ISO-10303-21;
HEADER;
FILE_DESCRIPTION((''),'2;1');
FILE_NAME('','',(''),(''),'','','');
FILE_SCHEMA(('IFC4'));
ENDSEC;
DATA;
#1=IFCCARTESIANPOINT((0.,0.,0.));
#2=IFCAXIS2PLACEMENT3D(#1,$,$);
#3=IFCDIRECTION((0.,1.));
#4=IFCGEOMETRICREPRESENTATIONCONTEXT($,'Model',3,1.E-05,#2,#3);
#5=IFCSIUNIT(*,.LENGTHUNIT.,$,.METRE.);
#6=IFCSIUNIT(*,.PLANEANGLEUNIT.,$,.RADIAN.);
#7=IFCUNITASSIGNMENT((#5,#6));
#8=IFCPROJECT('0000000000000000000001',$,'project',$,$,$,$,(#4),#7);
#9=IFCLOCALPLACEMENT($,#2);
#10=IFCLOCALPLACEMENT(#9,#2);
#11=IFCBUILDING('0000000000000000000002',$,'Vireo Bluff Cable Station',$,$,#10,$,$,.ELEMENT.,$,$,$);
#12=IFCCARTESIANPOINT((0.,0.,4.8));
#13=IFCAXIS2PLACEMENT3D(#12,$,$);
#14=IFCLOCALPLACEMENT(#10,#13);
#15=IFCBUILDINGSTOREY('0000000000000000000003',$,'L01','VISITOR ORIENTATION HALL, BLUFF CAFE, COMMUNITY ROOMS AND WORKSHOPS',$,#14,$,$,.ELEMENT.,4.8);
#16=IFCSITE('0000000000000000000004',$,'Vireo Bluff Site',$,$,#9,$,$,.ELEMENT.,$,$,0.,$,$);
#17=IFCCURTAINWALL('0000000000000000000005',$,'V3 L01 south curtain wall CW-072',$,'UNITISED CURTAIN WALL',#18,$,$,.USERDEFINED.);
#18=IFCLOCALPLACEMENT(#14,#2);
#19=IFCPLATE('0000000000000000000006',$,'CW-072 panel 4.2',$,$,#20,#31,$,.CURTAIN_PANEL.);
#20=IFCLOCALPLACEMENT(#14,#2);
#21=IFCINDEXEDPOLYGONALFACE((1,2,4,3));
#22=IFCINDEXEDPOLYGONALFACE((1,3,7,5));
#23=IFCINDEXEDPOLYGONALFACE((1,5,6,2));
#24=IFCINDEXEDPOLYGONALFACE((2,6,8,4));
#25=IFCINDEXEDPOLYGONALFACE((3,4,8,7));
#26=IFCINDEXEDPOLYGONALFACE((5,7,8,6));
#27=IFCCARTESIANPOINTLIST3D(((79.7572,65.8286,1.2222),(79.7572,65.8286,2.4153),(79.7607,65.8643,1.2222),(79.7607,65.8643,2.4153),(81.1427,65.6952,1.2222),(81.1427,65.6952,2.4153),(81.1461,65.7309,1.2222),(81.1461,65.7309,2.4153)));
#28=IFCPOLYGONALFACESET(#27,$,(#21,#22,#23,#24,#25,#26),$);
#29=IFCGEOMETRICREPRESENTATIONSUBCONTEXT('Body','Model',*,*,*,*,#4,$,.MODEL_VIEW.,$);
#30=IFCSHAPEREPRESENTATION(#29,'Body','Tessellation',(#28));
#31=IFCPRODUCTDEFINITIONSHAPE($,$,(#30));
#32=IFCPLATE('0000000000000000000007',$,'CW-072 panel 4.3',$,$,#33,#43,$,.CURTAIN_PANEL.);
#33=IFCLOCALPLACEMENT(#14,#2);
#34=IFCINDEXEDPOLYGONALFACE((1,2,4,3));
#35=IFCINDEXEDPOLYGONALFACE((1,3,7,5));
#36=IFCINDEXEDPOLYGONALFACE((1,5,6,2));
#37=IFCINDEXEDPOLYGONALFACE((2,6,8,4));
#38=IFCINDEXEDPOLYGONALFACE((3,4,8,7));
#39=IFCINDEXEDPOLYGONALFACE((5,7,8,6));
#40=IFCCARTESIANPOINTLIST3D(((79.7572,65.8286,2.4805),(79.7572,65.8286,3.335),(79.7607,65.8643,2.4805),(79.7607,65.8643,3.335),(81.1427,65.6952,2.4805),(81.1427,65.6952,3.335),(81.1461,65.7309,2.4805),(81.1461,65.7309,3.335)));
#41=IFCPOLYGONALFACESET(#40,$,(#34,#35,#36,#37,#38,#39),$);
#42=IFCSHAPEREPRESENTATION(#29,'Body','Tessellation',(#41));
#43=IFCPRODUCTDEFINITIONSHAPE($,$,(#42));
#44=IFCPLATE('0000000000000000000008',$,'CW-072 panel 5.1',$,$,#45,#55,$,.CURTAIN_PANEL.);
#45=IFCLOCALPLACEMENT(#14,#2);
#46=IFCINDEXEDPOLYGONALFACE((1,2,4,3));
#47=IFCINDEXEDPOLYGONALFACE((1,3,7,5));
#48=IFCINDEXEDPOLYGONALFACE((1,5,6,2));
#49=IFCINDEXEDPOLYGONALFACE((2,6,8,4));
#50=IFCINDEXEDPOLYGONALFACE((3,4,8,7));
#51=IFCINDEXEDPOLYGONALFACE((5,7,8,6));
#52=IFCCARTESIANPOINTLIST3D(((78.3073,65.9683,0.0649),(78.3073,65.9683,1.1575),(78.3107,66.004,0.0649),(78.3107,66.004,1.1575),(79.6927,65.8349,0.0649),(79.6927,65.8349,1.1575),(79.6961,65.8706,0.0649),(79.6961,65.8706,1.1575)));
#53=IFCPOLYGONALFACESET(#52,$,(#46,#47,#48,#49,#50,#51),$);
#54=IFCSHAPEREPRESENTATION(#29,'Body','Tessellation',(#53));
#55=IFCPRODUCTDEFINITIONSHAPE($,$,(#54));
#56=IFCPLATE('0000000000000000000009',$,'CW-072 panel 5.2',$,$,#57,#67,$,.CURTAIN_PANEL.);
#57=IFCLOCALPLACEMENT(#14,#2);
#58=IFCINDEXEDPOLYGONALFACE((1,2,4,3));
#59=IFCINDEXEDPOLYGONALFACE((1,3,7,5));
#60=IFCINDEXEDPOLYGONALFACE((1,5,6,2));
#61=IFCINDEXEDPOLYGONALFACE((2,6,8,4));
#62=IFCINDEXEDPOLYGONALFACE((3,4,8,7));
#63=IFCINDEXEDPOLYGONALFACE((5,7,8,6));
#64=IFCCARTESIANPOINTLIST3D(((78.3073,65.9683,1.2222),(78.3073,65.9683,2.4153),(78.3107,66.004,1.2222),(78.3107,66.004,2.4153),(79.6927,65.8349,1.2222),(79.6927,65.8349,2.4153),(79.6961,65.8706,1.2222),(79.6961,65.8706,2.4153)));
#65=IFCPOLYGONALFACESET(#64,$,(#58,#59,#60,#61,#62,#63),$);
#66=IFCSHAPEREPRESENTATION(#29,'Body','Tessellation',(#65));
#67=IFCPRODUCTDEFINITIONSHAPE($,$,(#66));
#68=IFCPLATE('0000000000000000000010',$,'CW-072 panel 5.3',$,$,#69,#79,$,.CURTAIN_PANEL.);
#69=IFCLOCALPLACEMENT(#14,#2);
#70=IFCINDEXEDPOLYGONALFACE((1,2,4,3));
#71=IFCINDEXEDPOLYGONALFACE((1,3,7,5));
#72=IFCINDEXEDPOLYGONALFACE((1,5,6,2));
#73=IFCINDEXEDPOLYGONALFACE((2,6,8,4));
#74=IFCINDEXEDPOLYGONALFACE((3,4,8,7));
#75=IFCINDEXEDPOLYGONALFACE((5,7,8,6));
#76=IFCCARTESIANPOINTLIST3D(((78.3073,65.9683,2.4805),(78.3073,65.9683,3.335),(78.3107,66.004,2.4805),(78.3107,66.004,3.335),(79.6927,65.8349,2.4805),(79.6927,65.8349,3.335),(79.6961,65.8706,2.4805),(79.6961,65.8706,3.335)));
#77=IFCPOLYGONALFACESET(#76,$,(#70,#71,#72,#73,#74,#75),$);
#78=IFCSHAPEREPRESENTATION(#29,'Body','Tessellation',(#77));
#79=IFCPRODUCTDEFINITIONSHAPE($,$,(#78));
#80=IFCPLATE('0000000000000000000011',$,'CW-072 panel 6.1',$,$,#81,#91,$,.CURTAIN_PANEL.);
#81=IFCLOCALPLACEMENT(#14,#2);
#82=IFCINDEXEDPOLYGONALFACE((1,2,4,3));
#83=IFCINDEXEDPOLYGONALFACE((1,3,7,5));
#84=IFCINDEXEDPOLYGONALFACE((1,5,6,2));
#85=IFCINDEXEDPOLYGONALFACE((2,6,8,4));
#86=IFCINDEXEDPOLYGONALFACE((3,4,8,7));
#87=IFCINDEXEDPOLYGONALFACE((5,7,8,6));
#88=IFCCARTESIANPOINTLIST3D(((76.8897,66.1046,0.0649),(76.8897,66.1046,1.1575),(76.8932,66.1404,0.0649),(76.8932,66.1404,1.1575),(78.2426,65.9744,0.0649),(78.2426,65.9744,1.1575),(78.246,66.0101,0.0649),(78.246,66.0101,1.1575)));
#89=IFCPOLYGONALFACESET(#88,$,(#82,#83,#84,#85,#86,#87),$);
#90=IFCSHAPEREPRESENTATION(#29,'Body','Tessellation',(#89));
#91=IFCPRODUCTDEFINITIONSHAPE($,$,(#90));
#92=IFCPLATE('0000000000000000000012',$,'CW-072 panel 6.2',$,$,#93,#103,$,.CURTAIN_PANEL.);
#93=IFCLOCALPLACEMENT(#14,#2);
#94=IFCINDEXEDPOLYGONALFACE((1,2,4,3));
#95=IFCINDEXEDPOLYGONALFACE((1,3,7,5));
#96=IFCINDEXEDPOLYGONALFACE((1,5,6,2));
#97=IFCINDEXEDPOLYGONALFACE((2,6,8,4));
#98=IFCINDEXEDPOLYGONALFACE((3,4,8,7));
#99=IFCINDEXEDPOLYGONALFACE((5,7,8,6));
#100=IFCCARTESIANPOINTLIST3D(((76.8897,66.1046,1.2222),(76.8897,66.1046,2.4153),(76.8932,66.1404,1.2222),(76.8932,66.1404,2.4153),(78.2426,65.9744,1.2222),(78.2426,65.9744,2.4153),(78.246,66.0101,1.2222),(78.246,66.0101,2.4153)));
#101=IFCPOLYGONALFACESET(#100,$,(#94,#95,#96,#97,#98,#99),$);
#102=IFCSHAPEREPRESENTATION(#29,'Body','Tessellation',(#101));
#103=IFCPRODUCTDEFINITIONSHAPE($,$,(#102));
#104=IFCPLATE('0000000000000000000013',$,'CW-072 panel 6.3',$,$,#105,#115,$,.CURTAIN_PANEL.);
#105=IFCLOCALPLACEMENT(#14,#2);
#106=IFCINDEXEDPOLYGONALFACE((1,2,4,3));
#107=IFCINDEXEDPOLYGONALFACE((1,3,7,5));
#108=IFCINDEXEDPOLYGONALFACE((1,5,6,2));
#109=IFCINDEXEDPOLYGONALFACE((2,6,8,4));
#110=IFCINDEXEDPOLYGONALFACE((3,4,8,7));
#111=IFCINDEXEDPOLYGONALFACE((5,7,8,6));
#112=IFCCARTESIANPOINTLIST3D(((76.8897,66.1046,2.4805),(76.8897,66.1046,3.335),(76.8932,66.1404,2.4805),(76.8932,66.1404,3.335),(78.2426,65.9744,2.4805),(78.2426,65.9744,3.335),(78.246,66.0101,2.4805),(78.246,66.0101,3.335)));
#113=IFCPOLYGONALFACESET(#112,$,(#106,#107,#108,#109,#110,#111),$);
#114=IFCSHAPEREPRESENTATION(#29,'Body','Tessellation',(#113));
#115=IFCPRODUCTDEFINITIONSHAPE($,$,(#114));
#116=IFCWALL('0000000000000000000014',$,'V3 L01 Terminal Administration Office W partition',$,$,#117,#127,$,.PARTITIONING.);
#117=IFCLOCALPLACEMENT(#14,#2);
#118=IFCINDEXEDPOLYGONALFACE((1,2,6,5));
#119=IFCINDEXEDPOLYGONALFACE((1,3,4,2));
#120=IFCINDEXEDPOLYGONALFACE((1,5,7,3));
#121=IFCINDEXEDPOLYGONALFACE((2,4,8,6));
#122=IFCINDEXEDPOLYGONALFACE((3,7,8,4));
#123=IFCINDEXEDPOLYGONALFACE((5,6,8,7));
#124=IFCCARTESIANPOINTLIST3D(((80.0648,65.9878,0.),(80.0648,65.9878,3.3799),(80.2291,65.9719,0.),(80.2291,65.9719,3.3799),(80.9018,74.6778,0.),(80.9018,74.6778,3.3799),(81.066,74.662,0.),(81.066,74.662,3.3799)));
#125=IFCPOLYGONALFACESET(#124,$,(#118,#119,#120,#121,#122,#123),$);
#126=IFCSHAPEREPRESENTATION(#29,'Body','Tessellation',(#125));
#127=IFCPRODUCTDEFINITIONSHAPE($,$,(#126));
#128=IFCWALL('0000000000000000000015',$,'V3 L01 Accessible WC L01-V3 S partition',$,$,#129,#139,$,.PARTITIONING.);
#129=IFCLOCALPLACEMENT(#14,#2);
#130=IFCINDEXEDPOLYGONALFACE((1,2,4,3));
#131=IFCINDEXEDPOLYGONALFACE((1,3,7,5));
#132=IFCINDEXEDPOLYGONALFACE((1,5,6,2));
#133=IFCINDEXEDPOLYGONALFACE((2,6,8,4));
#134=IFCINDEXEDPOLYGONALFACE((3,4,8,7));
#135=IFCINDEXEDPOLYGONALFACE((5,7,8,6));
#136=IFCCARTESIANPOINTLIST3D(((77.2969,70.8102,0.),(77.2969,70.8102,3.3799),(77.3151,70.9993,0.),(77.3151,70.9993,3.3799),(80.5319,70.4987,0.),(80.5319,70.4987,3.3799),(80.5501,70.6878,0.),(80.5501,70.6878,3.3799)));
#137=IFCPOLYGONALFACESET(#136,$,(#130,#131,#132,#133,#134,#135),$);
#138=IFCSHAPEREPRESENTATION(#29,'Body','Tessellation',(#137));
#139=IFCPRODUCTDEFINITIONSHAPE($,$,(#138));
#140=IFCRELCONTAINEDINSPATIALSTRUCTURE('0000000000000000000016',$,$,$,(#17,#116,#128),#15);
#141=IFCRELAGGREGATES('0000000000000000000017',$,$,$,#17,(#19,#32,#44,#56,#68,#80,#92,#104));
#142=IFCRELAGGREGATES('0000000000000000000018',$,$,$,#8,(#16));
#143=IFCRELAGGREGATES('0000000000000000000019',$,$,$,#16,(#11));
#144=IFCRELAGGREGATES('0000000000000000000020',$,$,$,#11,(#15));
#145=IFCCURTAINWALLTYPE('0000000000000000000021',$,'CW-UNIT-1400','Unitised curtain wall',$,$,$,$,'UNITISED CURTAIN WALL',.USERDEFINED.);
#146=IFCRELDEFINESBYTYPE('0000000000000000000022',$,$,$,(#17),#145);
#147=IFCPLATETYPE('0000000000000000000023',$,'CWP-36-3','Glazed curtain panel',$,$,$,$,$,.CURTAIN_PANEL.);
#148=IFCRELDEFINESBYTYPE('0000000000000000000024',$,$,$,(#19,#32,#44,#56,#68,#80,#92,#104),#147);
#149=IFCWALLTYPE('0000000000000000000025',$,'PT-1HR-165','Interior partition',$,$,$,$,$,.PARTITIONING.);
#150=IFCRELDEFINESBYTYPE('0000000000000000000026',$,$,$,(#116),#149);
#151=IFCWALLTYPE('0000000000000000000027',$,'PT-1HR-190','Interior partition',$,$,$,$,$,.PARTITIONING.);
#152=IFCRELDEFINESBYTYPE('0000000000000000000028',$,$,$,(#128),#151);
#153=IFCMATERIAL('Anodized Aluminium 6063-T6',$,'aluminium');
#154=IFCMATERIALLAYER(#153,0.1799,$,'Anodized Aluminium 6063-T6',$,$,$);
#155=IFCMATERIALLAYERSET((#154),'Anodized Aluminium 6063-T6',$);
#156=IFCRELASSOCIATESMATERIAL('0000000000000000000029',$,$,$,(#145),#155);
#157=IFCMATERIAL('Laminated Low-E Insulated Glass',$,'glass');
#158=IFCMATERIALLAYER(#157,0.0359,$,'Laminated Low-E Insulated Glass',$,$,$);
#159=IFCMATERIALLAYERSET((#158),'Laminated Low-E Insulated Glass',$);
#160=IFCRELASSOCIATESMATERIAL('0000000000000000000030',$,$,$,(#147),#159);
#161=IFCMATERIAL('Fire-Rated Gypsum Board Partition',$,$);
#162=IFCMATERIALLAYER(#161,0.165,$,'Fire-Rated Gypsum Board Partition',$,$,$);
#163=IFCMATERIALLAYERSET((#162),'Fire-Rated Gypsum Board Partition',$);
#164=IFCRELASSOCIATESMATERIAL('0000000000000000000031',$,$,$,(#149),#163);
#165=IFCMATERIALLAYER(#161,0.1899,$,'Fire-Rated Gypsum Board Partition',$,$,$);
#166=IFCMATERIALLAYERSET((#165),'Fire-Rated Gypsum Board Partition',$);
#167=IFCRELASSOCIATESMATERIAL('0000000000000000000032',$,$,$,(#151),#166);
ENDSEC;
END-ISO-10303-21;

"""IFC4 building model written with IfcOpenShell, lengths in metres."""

from ifc_helpers import new_model, si_unit, direction, frame, frame_2d, origin, origin_2d, place, context, subcontext, project, spatial, rectangle, extrude, material, layer, layer_set, type_object, element, aggregate, save


model = new_model("IFC4")

# Units and contexts
model_context = context("Model", 3, precision=1e-05, world=origin(), true_north=direction((0.0, 1.0)))
body_context = subcontext(model_context, "Body", "Model", "MODEL_VIEW")
ifc_project = project(units=[si_unit("LENGTHUNIT", "METRE"), si_unit("PLANEANGLEUNIT", "RADIAN")], contexts=[model_context])

# Site, building, storey
site_placement = place(None, origin())
site = spatial("IfcSite", under=ifc_project, at=site_placement, Name="Vireo Bluff Site", CompositionType="ELEMENT", RefElevation=0.0)
building_placement = place(site_placement, origin())
building = spatial("IfcBuilding", under=site, at=building_placement, Name="Vireo Bluff Cable Station", CompositionType="ELEMENT")
storey_placement = place(building_placement, frame((0.0, 0.0, 4.8)))
storey = spatial("IfcBuildingStorey", under=building, at=storey_placement, Name="L01", Description="VISITOR ORIENTATION HALL, BLUFF CAFE, COMMUNITY ROOMS AND WORKSHOPS", CompositionType="ELEMENT", Elevation=4.8)

# Curtain wall, plates
ifc_material_1 = material(Name="Anodized Aluminium 6063-T6", Category="aluminium")
ifc_layer_1 = layer(ifc_material_1, 0.1799, Name="Anodized Aluminium 6063-T6")
ifc_layer_set_1 = layer_set([ifc_layer_1], Name="Anodized Aluminium 6063-T6")
curtain_wall_type = type_object("IfcCurtainWallType", Name="CW-UNIT-1400", Description="Unitised curtain wall", ElementType="UNITISED CURTAIN WALL", PredefinedType="USERDEFINED", material=ifc_layer_set_1)
curtain_wall_placement = place(storey_placement, origin())
curtain_wall = element("IfcCurtainWall", 1, at=curtain_wall_placement, inside=storey, type_object=curtain_wall_type, Name="V3 L01 south curtain wall CW-072", ObjectType="UNITISED CURTAIN WALL", PredefinedType="USERDEFINED")
ifc_material_2 = material(Name="Laminated Low-E Insulated Glass", Category="glass")
ifc_layer_2 = layer(ifc_material_2, 0.0359, Name="Laminated Low-E Insulated Glass")
ifc_layer_set_2 = layer_set([ifc_layer_2], Name="Laminated Low-E Insulated Glass")
plate_type = type_object("IfcPlateType", Name="CWP-36-3", Description="Glazed curtain panel", PredefinedType="CURTAIN_PANEL", material=ifc_layer_set_2)
plate_1_placement = place(storey_placement, frame((80.4517, 65.7798, 1.2222), z_axis=(0.0, 0.0, 1.0), x_axis=(-0.995396, 0.095846, 0.0)))
plate_1 = element("IfcPlate", 2, at=plate_1_placement, type_object=plate_type, Name="CW-072 panel 4.2", PredefinedType="CURTAIN_PANEL", context=body_context, shape_type="SweptSolid", body=[
    extrude(rectangle(XDim=1.3918, YDim=0.0359, at=origin_2d()), origin(), (0.0, 0.0, 1.0), 1.1931),
])
plate_2_placement = place(storey_placement, frame((80.4517, 65.7798, 2.4805), z_axis=(0.0, 0.0, 1.0), x_axis=(-0.995396, 0.095846, 0.0)))
plate_2 = element("IfcPlate", 3, at=plate_2_placement, type_object=plate_type, Name="CW-072 panel 4.3", PredefinedType="CURTAIN_PANEL", context=body_context, shape_type="SweptSolid", body=[
    extrude(rectangle(XDim=1.3918, YDim=0.0359, at=origin_2d()), origin(), (0.0, 0.0, 1.0), 0.8545),
])
plate_3_placement = place(storey_placement, frame((79.0017, 65.9194, 0.0649), z_axis=(0.0, 0.0, 1.0), x_axis=(-0.995396, 0.095846, 0.0)))
plate_3 = element("IfcPlate", 4, at=plate_3_placement, type_object=plate_type, Name="CW-072 panel 5.1", PredefinedType="CURTAIN_PANEL", context=body_context, shape_type="SweptSolid", body=[
    extrude(rectangle(XDim=1.3918, YDim=0.0359, at=origin_2d()), origin(), (0.0, 0.0, 1.0), 1.0925),
])
plate_4_placement = place(storey_placement, frame((79.0017, 65.9194, 1.2222), z_axis=(0.0, 0.0, 1.0), x_axis=(-0.995396, 0.095846, 0.0)))
plate_4 = element("IfcPlate", 5, at=plate_4_placement, type_object=plate_type, Name="CW-072 panel 5.2", PredefinedType="CURTAIN_PANEL", context=body_context, shape_type="SweptSolid", body=[
    extrude(rectangle(XDim=1.3918, YDim=0.0359, at=origin_2d()), origin(), (0.0, 0.0, 1.0), 1.1931),
])
plate_5_placement = place(storey_placement, frame((79.0017, 65.9194, 2.4805), z_axis=(0.0, 0.0, 1.0), x_axis=(-0.995396, 0.095846, 0.0)))
plate_5 = element("IfcPlate", 6, at=plate_5_placement, type_object=plate_type, Name="CW-072 panel 5.3", PredefinedType="CURTAIN_PANEL", context=body_context, shape_type="SweptSolid", body=[
    extrude(rectangle(XDim=1.3918, YDim=0.0359, at=origin_2d()), origin(), (0.0, 0.0, 1.0), 0.8545),
])
plate_6_placement = place(storey_placement, frame((77.5679, 66.0574, 0.0649), z_axis=(0.0, 0.0, 1.0), x_axis=(-0.995396, 0.095846, 0.0)))
plate_6 = element("IfcPlate", 7, at=plate_6_placement, type_object=plate_type, Name="CW-072 panel 6.1", PredefinedType="CURTAIN_PANEL", context=body_context, shape_type="SweptSolid", body=[
    extrude(rectangle(XDim=1.3591, YDim=0.0359, at=origin_2d()), origin(), (0.0, 0.0, 1.0), 1.0925),
])
plate_7_placement = place(storey_placement, frame((77.5679, 66.0574, 1.2222), z_axis=(0.0, 0.0, 1.0), x_axis=(-0.995396, 0.095846, 0.0)))
plate_7 = element("IfcPlate", 8, at=plate_7_placement, type_object=plate_type, Name="CW-072 panel 6.2", PredefinedType="CURTAIN_PANEL", context=body_context, shape_type="SweptSolid", body=[
    extrude(rectangle(XDim=1.3591, YDim=0.0359, at=origin_2d()), origin(), (0.0, 0.0, 1.0), 1.1931),
])
plate_8_placement = place(storey_placement, frame((77.5679, 66.0574, 2.4805), z_axis=(0.0, 0.0, 1.0), x_axis=(-0.995396, 0.095846, 0.0)))
plate_8 = element("IfcPlate", 9, at=plate_8_placement, type_object=plate_type, Name="CW-072 panel 6.3", PredefinedType="CURTAIN_PANEL", context=body_context, shape_type="SweptSolid", body=[
    extrude(rectangle(XDim=1.3591, YDim=0.0359, at=origin_2d()), origin(), (0.0, 0.0, 1.0), 0.8545),
])
aggregate(curtain_wall, [plate_1, plate_2, plate_3, plate_4, plate_5, plate_6, plate_7, plate_8])

# Walls
ifc_material_3 = material(Name="Fire-Rated Gypsum Board Partition")
ifc_layer_3 = layer(ifc_material_3, 0.165, Name="Fire-Rated Gypsum Board Partition")
ifc_layer_set_3 = layer_set([ifc_layer_3], Name="Fire-Rated Gypsum Board Partition")
wall_type_1 = type_object("IfcWallType", Name="PT-1HR-165", Description="Interior partition", PredefinedType="PARTITIONING", material=ifc_layer_set_3)
wall_1_placement = place(storey_placement, frame((80.147, 65.9797, 0.0), z_axis=(0.0, 0.0, 1.0), x_axis=(0.095865, 0.995394, 0.0)))
element("IfcWall", 10, at=wall_1_placement, inside=storey, type_object=wall_type_1, Name="V3 L01 Terminal Administration Office W partition", PredefinedType="PARTITIONING", context=body_context, shape_type="SweptSolid", body=[
    extrude(rectangle(XDim=8.7302, YDim=0.165, at=frame_2d((4.3652, 0.0))), origin(), (0.0, 0.0, 1.0), 3.3799),
])
ifc_layer_4 = layer(ifc_material_3, 0.1899, Name="Fire-Rated Gypsum Board Partition")
ifc_layer_set_4 = layer_set([ifc_layer_4], Name="Fire-Rated Gypsum Board Partition")
wall_type_2 = type_object("IfcWallType", Name="PT-1HR-190", Description="Interior partition", PredefinedType="PARTITIONING", material=ifc_layer_set_4)
wall_2_placement = place(storey_placement, frame((80.541, 70.5933, 0.0), z_axis=(0.0, 0.0, 1.0), x_axis=(-0.995396, 0.095851, 0.0)))
element("IfcWall", 11, at=wall_2_placement, inside=storey, type_object=wall_type_2, Name="V3 L01 Accessible WC L01-V3 S partition", PredefinedType="PARTITIONING", context=body_context, shape_type="SweptSolid", body=[
    extrude(rectangle(XDim=3.25, YDim=0.1899, at=frame_2d((1.625, 0.0))), origin(), (0.0, 0.0, 1.0), 3.3799),
])

save(model, "model.ifc")
